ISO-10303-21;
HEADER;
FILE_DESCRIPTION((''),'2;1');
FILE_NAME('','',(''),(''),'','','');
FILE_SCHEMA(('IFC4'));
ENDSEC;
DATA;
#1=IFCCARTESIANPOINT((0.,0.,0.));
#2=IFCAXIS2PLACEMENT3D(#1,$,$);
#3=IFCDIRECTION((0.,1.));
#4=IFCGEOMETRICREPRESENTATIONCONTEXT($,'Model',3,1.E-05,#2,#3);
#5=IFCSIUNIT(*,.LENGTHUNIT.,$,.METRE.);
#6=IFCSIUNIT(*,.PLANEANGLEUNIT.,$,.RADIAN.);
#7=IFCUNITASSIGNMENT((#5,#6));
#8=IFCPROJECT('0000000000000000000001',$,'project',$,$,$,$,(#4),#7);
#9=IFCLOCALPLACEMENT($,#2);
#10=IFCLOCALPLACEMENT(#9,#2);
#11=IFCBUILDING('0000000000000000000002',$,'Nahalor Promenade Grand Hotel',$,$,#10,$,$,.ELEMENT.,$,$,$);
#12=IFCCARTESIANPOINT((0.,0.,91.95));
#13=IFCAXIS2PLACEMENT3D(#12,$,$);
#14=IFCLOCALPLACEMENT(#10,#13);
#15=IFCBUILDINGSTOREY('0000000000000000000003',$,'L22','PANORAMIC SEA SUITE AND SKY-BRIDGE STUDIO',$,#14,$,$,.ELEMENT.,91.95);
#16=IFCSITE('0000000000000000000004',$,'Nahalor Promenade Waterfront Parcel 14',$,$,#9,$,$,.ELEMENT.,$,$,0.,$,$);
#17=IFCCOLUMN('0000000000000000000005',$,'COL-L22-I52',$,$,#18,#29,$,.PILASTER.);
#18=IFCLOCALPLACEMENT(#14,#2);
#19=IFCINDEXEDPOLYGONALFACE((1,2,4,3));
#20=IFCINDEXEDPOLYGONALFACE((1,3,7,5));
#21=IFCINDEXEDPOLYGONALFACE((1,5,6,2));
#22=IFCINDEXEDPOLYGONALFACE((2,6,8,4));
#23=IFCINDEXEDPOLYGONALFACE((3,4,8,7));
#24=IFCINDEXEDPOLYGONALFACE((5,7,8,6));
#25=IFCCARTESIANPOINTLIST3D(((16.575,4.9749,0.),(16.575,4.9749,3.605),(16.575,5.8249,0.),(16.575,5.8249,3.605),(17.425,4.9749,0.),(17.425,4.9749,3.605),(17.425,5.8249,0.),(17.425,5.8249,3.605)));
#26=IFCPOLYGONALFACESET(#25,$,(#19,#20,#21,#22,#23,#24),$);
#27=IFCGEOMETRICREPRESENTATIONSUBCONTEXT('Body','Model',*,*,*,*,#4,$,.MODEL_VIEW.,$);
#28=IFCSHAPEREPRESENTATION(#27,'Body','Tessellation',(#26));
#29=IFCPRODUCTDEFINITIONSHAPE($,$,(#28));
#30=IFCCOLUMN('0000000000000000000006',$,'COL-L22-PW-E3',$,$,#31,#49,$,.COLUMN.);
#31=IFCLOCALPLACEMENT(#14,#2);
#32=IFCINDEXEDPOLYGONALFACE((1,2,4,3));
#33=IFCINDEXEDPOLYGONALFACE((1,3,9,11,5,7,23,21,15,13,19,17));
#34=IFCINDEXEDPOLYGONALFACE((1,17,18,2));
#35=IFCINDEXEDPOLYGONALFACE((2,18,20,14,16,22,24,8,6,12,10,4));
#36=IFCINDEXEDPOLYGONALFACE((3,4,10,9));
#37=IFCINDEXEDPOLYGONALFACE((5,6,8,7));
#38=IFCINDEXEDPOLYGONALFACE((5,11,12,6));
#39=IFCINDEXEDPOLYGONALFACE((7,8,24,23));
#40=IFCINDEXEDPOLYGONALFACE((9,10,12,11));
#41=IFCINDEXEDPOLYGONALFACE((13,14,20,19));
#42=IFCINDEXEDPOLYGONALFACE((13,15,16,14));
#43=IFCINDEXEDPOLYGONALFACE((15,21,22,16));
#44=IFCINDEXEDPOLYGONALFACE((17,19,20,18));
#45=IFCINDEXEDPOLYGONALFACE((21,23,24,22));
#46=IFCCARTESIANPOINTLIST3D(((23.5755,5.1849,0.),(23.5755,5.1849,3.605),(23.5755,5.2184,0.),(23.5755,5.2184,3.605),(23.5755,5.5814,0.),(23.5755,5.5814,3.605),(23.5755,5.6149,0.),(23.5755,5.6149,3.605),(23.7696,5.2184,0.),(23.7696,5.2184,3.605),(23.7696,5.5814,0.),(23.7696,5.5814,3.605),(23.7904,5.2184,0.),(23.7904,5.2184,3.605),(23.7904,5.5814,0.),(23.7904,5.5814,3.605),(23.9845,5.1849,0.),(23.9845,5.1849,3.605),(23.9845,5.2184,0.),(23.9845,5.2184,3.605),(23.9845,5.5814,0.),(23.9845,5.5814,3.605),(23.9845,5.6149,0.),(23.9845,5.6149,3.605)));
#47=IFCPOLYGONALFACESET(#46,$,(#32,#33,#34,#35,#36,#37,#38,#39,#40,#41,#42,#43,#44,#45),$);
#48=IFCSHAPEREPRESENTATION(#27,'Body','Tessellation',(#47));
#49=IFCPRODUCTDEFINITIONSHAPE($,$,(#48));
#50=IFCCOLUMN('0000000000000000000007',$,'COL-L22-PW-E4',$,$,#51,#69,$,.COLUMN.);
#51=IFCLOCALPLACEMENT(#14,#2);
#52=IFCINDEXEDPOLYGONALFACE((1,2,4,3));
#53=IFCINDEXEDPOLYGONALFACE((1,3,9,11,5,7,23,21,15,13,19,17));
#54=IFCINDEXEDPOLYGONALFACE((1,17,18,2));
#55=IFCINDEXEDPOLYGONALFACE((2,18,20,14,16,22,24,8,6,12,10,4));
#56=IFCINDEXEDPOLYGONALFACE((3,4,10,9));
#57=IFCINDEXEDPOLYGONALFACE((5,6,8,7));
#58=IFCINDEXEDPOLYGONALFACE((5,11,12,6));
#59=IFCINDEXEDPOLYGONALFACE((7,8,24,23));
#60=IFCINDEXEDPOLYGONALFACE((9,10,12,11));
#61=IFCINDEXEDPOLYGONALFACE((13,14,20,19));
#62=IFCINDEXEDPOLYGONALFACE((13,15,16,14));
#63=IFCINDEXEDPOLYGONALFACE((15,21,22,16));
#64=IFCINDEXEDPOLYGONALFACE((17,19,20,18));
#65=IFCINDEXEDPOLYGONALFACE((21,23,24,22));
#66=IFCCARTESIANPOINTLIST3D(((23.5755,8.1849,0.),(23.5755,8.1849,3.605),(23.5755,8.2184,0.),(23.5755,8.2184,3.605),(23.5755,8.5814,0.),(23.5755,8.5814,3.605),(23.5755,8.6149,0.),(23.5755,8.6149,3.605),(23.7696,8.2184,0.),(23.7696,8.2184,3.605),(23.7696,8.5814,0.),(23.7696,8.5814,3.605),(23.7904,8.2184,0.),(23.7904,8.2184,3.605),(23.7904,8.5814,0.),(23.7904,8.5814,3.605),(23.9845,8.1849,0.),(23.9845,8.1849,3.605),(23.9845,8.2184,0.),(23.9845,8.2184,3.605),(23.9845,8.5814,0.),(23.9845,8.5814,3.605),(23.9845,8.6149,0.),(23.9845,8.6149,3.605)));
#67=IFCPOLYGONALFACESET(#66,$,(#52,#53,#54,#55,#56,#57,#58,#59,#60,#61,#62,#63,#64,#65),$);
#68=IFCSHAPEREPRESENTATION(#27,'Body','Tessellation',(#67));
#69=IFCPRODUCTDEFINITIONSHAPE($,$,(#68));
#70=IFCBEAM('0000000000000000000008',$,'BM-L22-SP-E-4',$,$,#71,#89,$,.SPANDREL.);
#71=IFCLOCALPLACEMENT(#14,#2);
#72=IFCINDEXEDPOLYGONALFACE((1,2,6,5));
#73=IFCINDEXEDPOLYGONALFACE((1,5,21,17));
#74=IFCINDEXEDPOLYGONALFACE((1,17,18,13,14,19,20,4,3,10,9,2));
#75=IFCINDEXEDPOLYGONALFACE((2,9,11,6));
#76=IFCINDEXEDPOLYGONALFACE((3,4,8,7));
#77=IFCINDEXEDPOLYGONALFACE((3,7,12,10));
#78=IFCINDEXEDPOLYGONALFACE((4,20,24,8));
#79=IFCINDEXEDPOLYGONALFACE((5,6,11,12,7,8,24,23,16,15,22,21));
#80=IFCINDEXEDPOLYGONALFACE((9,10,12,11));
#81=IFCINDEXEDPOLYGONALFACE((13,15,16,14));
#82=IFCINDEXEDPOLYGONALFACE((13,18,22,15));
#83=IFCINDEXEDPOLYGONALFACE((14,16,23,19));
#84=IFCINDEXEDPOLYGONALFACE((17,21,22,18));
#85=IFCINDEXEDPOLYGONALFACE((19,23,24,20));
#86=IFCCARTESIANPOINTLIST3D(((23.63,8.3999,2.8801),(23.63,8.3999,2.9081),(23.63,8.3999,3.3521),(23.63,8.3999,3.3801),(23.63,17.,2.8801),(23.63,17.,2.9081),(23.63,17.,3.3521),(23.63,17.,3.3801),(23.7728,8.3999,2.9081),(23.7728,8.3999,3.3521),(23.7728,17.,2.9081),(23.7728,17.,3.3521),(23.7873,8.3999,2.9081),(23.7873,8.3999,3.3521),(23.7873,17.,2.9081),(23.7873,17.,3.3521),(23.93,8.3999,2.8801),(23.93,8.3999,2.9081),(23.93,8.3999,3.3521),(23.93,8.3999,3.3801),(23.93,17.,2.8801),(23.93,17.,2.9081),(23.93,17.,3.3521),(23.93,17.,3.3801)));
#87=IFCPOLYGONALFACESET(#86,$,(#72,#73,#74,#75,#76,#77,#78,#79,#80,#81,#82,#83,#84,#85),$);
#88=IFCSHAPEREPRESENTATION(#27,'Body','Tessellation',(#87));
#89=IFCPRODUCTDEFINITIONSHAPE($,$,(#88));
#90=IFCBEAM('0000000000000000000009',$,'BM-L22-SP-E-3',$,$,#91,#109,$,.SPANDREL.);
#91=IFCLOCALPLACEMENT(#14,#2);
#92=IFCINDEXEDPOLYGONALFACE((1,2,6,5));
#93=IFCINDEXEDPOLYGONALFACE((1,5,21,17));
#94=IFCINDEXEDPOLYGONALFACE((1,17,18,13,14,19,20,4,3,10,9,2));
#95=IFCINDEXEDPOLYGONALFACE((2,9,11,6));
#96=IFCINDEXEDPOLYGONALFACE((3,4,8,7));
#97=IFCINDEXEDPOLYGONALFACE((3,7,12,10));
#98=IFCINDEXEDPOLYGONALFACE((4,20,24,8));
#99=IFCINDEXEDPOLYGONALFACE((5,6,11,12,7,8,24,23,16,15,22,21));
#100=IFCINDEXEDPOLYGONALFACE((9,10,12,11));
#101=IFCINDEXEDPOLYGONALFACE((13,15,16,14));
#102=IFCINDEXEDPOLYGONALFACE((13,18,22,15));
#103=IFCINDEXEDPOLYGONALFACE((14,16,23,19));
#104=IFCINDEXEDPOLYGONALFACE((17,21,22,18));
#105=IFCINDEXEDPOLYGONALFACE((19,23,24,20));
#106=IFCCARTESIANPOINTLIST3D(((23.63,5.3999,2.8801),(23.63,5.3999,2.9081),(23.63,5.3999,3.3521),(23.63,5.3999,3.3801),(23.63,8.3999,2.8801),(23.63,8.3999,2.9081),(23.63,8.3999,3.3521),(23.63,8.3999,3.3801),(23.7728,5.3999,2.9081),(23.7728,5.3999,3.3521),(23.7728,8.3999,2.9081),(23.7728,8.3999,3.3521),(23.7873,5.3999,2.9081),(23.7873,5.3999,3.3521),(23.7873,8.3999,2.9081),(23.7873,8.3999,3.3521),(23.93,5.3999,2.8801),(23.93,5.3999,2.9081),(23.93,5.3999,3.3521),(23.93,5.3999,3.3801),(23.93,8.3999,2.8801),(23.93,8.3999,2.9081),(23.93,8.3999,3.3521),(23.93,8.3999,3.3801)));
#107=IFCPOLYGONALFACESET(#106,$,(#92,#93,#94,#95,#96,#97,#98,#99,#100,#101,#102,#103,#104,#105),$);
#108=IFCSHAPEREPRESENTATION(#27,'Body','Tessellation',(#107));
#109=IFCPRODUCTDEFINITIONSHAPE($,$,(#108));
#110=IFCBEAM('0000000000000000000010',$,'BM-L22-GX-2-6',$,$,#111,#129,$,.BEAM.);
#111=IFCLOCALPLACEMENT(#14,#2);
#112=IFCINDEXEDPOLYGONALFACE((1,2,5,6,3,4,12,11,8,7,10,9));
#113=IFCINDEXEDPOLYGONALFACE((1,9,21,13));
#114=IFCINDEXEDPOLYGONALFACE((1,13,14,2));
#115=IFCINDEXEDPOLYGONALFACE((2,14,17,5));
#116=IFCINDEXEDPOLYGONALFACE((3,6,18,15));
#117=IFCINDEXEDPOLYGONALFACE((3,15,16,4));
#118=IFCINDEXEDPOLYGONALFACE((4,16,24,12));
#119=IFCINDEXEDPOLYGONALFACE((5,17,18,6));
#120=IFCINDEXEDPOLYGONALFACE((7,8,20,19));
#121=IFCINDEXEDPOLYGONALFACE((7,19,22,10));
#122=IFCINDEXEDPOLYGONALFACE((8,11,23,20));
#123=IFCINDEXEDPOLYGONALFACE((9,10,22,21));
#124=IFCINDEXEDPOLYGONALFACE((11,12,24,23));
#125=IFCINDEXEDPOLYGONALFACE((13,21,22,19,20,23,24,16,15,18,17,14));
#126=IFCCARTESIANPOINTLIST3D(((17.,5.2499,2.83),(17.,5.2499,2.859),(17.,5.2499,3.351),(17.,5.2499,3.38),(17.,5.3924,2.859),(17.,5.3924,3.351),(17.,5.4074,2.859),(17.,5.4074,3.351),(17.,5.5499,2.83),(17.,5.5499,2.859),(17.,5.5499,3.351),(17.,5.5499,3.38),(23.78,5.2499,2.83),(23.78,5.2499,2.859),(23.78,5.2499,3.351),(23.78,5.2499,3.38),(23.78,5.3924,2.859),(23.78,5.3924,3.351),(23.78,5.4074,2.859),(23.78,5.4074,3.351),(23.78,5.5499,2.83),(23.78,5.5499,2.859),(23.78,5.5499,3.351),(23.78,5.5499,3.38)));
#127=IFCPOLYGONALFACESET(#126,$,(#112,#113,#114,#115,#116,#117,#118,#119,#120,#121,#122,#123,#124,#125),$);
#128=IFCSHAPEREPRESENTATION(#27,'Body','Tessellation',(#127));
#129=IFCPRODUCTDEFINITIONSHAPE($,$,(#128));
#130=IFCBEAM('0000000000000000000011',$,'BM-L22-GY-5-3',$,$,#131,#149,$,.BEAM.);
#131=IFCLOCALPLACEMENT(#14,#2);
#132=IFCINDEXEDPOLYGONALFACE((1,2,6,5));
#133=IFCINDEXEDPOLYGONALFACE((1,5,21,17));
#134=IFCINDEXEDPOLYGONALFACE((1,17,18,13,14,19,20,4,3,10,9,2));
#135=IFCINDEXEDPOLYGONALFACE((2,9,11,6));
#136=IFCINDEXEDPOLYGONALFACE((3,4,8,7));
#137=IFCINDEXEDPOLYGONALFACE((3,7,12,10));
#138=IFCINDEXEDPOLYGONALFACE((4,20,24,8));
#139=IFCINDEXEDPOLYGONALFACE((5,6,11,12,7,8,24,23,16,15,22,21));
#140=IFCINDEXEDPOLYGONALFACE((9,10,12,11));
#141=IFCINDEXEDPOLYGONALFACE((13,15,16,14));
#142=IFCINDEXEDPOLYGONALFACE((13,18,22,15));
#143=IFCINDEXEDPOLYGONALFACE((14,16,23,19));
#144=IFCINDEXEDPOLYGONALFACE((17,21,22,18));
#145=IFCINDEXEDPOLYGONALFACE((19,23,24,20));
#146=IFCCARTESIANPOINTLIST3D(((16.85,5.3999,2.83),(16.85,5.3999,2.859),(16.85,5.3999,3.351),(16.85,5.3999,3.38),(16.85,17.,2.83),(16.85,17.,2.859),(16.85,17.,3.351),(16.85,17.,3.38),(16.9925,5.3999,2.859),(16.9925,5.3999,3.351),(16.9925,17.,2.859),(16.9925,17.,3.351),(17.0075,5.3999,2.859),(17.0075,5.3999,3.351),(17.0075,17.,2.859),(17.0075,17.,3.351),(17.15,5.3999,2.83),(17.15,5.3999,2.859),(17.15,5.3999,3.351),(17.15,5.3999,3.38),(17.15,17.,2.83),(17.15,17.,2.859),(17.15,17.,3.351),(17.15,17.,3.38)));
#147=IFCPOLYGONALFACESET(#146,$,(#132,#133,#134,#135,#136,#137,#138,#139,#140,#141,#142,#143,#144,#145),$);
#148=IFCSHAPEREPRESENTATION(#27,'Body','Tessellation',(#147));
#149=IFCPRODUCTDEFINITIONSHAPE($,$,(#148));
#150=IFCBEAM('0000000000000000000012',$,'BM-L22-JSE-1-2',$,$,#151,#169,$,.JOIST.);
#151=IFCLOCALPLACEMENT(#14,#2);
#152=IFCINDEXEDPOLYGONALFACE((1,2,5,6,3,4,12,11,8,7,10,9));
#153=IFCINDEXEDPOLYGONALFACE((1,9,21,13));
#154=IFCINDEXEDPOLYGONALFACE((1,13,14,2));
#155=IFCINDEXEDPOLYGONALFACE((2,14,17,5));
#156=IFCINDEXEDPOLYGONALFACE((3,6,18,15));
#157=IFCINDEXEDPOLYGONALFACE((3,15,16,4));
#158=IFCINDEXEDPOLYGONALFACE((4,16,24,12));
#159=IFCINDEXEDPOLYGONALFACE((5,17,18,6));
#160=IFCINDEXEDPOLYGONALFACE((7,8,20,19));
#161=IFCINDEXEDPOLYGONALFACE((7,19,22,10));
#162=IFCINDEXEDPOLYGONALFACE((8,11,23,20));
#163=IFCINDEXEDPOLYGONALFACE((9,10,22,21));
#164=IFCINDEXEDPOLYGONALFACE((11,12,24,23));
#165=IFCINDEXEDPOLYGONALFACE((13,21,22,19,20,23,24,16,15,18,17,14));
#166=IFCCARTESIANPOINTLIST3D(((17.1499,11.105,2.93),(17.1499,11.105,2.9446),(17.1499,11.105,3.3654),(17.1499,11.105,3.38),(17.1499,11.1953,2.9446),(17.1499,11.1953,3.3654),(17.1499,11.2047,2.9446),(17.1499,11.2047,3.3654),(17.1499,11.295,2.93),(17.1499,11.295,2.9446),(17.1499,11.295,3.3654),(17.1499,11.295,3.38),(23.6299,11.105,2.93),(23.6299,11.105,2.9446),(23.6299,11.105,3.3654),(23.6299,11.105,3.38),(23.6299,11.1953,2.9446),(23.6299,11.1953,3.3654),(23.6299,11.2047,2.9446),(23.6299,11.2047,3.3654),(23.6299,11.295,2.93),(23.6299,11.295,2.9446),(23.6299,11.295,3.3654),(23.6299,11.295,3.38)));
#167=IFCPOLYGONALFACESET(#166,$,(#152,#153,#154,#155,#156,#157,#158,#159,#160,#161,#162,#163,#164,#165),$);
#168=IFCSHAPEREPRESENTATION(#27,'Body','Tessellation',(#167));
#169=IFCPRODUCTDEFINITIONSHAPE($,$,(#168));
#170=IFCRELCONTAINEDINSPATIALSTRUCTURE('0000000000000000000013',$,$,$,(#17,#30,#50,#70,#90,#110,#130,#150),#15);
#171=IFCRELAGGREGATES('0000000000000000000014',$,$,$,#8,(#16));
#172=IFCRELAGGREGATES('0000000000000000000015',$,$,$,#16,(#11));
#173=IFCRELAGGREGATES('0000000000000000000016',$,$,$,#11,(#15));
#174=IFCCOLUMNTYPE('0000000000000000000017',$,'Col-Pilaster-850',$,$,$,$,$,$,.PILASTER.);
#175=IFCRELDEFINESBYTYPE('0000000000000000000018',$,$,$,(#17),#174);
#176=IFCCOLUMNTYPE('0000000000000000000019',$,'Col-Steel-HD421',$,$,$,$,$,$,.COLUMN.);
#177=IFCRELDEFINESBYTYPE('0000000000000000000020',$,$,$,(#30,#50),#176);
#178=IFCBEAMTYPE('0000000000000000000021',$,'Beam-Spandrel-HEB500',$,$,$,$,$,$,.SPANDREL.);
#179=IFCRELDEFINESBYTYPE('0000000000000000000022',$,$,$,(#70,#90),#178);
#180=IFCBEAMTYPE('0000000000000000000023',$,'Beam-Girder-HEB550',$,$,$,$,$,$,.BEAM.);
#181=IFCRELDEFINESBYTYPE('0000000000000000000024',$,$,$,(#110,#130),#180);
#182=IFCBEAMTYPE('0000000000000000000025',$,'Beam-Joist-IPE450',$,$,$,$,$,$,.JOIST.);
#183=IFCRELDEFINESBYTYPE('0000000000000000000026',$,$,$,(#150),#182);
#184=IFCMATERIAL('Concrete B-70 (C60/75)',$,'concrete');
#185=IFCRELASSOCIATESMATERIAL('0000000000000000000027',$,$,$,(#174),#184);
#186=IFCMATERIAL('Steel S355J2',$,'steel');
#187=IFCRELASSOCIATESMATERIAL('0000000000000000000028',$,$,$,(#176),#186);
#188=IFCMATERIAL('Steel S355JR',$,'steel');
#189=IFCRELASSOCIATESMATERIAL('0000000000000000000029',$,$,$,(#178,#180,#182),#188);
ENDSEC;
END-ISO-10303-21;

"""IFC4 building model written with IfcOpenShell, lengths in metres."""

from ifc_helpers import new_model, si_unit, direction, frame, origin, origin_2d, place, context, subcontext, project, spatial, rectangle, i_section, extrude, source, transform, mapped, material, material_profile, profile_set, type_object, element, save


model = new_model("IFC4")

# Units and contexts
model_context = context("Model", 3, precision=1e-05, world=origin(), true_north=direction((0.0, 1.0)))
body_context = subcontext(model_context, "Body", "Model", "MODEL_VIEW")
ifc_project = project(units=[si_unit("LENGTHUNIT", "METRE"), si_unit("PLANEANGLEUNIT", "RADIAN")], contexts=[model_context])

# Site, building, storey
site_placement = place(None, origin())
site = spatial("IfcSite", under=ifc_project, at=site_placement, Name="Nahalor Promenade Waterfront Parcel 14", CompositionType="ELEMENT", RefElevation=0.0)
building_placement = place(site_placement, origin())
building = spatial("IfcBuilding", under=site, at=building_placement, Name="Nahalor Promenade Grand Hotel", CompositionType="ELEMENT")
storey_placement = place(building_placement, frame((0.0, 0.0, 91.95)))
storey = spatial("IfcBuildingStorey", under=building, at=storey_placement, Name="L22", Description="PANORAMIC SEA SUITE AND SKY-BRIDGE STUDIO", CompositionType="ELEMENT", Elevation=91.95)

# Columns
ifc_material_1 = material(Name="Concrete B-70 (C60/75)", Category="concrete")
ifc_material_profile_1 = material_profile(ifc_material_1, rectangle(XDim=0.85, YDim=0.85, at=origin_2d()), Name="RC 850x850")
ifc_profile_set_1 = profile_set([ifc_material_profile_1], Name="Concrete B-70 (C60/75)")
column_type_1 = type_object("IfcColumnType", Name="Col-Pilaster-850", PredefinedType="PILASTER", material=ifc_profile_set_1)
shared_shape_1 = source(origin(), body_context, "Body", "SweptSolid", [
    extrude(rectangle(XDim=0.85, YDim=0.85, at=origin_2d()), origin(), (0.0, 0.0, 1.0), 3.605),
])
column_placement = place(storey_placement, frame((17.0, 5.3999, 0.0), z_axis=(0.0, 0.0, 1.0), x_axis=(1.0, 0.0, 0.0)))
element("IfcColumn", 1, at=column_placement, inside=storey, type_object=column_type_1, Name="COL-L22-I52", PredefinedType="PILASTER", context=body_context, shape_type="MappedRepresentation", body=[
    mapped(shared_shape_1, transform((0.0, 0.0, 0.0), scale=1.0)),
])
ifc_material_2 = material(Name="Steel S355J2", Category="steel")
ifc_material_profile_2 = material_profile(ifc_material_2, i_section(OverallWidth=0.409, OverallDepth=0.43, WebThickness=0.0208, FlangeThickness=0.0335, at=origin_2d()), Name="HD 400x421")
ifc_profile_set_2 = profile_set([ifc_material_profile_2], Name="Steel S355J2")
column_type_2 = type_object("IfcColumnType", Name="Col-Steel-HD421", PredefinedType="COLUMN", material=ifc_profile_set_2)
shared_shape_2 = source(origin(), body_context, "Body", "SweptSolid", [
    extrude(i_section(OverallWidth=0.409, OverallDepth=0.43, WebThickness=0.0208, FlangeThickness=0.0335, at=origin_2d()), origin(), (0.0, 0.0, 1.0), 3.605),
])
for number, where, z_axis, x_axis, name in (
    (2, (23.78, 5.3999, 0.0), (0.0, 0.0, 1.0), (1.0, 0.0, 0.0), "COL-L22-PW-E3"),
    (3, (23.78, 8.3999, 0.0), (0.0, 0.0, 1.0), (1.0, 0.0, 0.0), "COL-L22-PW-E4"),
):
    element("IfcColumn", number, at=place(storey_placement, frame(where, z_axis=z_axis, x_axis=x_axis)), inside=storey, type_object=column_type_2, Name=name, PredefinedType="COLUMN", context=body_context, shape_type="MappedRepresentation", body=[
        mapped(shared_shape_2, transform((0.0, 0.0, 0.0), scale=1.0)),
    ])

# Beams
ifc_material_3 = material(Name="Steel S355JR", Category="steel")
ifc_material_profile_3 = material_profile(ifc_material_3, i_section(OverallWidth=0.3, OverallDepth=0.5, WebThickness=0.0145, FlangeThickness=0.028, at=origin_2d()), Name="HEB 500")
ifc_profile_set_3 = profile_set([ifc_material_profile_3], Name="Steel S355JR")
beam_type_1 = type_object("IfcBeamType", Name="Beam-Spandrel-HEB500", PredefinedType="SPANDREL", material=ifc_profile_set_3)
shared_shape_3 = source(origin(), body_context, "Body", "SweptSolid", [
    extrude(i_section(OverallWidth=0.3, OverallDepth=0.5, WebThickness=0.0145, FlangeThickness=0.028, at=origin_2d()), origin(), (0.0, 0.0, 1.0), 8.6001),
])
beam_1_placement = place(storey_placement, frame((23.78, 8.3999, 3.1301), z_axis=(0.0, 1.0, 0.0), x_axis=(-1.0, 0.0, 0.0)))
element("IfcBeam", 4, at=beam_1_placement, inside=storey, type_object=beam_type_1, Name="BM-L22-SP-E-4", PredefinedType="SPANDREL", context=body_context, shape_type="MappedRepresentation", body=[
    mapped(shared_shape_3, transform((0.0, 0.0, 0.0), scale=1.0)),
])
shared_shape_4 = source(origin(), body_context, "Body", "SweptSolid", [
    extrude(i_section(OverallWidth=0.3, OverallDepth=0.5, WebThickness=0.0145, FlangeThickness=0.028, at=origin_2d()), origin(), (0.0, 0.0, 1.0), 3.0),
])
beam_2_placement = place(storey_placement, frame((23.78, 5.3999, 3.1301), z_axis=(0.0, 1.0, 0.0), x_axis=(-1.0, 0.0, 0.0)))
element("IfcBeam", 5, at=beam_2_placement, inside=storey, type_object=beam_type_1, Name="BM-L22-SP-E-3", PredefinedType="SPANDREL", context=body_context, shape_type="MappedRepresentation", body=[
    mapped(shared_shape_4, transform((0.0, 0.0, 0.0), scale=1.0)),
])
ifc_material_profile_4 = material_profile(ifc_material_3, i_section(OverallWidth=0.3, OverallDepth=0.55, WebThickness=0.015, FlangeThickness=0.029, at=origin_2d()), Name="HEB 550")
ifc_profile_set_4 = profile_set([ifc_material_profile_4], Name="Steel S355JR")
beam_type_2 = type_object("IfcBeamType", Name="Beam-Girder-HEB550", PredefinedType="BEAM", material=ifc_profile_set_4)
shared_shape_5 = source(origin(), body_context, "Body", "SweptSolid", [
    extrude(i_section(OverallWidth=0.3, OverallDepth=0.55, WebThickness=0.015, FlangeThickness=0.029, at=origin_2d()), origin(), (0.0, 0.0, 1.0), 6.78),
])
beam_3_placement = place(storey_placement, frame((17.0, 5.3999, 3.105), z_axis=(1.0, 0.0, 0.0), x_axis=(0.0, 1.0, 0.0)))
element("IfcBeam", 6, at=beam_3_placement, inside=storey, type_object=beam_type_2, Name="BM-L22-GX-2-6", PredefinedType="BEAM", context=body_context, shape_type="MappedRepresentation", body=[
    mapped(shared_shape_5, transform((0.0, 0.0, 0.0), scale=1.0)),
])
shared_shape_6 = source(origin(), body_context, "Body", "SweptSolid", [
    extrude(i_section(OverallWidth=0.3, OverallDepth=0.55, WebThickness=0.015, FlangeThickness=0.029, at=origin_2d()), origin(), (0.0, 0.0, 1.0), 11.6001),
])
beam_4_placement = place(storey_placement, frame((17.0, 5.3999, 3.105), z_axis=(0.0, 1.0, 0.0), x_axis=(-1.0, 0.0, 0.0)))
element("IfcBeam", 7, at=beam_4_placement, inside=storey, type_object=beam_type_2, Name="BM-L22-GY-5-3", PredefinedType="BEAM", context=body_context, shape_type="MappedRepresentation", body=[
    mapped(shared_shape_6, transform((0.0, 0.0, 0.0), scale=1.0)),
])
ifc_material_profile_5 = material_profile(ifc_material_3, i_section(OverallWidth=0.19, OverallDepth=0.45, WebThickness=0.0094, FlangeThickness=0.0146, at=origin_2d()), Name="IPE 450")
ifc_profile_set_5 = profile_set([ifc_material_profile_5], Name="Steel S355JR")
beam_type_3 = type_object("IfcBeamType", Name="Beam-Joist-IPE450", PredefinedType="JOIST", material=ifc_profile_set_5)
shared_shape_7 = source(origin(), body_context, "Body", "SweptSolid", [
    extrude(i_section(OverallWidth=0.19, OverallDepth=0.45, WebThickness=0.0094, FlangeThickness=0.0146, at=origin_2d()), origin(), (0.0, 0.0, 1.0), 6.48),
])
beam_5_placement = place(storey_placement, frame((17.1499, 11.2, 3.155), z_axis=(1.0, 0.0, 0.0), x_axis=(0.0, 1.0, 0.0)))
element("IfcBeam", 8, at=beam_5_placement, inside=storey, type_object=beam_type_3, Name="BM-L22-JSE-1-2", PredefinedType="JOIST", context=body_context, shape_type="MappedRepresentation", body=[
    mapped(shared_shape_7, transform((0.0, 0.0, 0.0), scale=1.0)),
])

save(model, "model.ifc")
